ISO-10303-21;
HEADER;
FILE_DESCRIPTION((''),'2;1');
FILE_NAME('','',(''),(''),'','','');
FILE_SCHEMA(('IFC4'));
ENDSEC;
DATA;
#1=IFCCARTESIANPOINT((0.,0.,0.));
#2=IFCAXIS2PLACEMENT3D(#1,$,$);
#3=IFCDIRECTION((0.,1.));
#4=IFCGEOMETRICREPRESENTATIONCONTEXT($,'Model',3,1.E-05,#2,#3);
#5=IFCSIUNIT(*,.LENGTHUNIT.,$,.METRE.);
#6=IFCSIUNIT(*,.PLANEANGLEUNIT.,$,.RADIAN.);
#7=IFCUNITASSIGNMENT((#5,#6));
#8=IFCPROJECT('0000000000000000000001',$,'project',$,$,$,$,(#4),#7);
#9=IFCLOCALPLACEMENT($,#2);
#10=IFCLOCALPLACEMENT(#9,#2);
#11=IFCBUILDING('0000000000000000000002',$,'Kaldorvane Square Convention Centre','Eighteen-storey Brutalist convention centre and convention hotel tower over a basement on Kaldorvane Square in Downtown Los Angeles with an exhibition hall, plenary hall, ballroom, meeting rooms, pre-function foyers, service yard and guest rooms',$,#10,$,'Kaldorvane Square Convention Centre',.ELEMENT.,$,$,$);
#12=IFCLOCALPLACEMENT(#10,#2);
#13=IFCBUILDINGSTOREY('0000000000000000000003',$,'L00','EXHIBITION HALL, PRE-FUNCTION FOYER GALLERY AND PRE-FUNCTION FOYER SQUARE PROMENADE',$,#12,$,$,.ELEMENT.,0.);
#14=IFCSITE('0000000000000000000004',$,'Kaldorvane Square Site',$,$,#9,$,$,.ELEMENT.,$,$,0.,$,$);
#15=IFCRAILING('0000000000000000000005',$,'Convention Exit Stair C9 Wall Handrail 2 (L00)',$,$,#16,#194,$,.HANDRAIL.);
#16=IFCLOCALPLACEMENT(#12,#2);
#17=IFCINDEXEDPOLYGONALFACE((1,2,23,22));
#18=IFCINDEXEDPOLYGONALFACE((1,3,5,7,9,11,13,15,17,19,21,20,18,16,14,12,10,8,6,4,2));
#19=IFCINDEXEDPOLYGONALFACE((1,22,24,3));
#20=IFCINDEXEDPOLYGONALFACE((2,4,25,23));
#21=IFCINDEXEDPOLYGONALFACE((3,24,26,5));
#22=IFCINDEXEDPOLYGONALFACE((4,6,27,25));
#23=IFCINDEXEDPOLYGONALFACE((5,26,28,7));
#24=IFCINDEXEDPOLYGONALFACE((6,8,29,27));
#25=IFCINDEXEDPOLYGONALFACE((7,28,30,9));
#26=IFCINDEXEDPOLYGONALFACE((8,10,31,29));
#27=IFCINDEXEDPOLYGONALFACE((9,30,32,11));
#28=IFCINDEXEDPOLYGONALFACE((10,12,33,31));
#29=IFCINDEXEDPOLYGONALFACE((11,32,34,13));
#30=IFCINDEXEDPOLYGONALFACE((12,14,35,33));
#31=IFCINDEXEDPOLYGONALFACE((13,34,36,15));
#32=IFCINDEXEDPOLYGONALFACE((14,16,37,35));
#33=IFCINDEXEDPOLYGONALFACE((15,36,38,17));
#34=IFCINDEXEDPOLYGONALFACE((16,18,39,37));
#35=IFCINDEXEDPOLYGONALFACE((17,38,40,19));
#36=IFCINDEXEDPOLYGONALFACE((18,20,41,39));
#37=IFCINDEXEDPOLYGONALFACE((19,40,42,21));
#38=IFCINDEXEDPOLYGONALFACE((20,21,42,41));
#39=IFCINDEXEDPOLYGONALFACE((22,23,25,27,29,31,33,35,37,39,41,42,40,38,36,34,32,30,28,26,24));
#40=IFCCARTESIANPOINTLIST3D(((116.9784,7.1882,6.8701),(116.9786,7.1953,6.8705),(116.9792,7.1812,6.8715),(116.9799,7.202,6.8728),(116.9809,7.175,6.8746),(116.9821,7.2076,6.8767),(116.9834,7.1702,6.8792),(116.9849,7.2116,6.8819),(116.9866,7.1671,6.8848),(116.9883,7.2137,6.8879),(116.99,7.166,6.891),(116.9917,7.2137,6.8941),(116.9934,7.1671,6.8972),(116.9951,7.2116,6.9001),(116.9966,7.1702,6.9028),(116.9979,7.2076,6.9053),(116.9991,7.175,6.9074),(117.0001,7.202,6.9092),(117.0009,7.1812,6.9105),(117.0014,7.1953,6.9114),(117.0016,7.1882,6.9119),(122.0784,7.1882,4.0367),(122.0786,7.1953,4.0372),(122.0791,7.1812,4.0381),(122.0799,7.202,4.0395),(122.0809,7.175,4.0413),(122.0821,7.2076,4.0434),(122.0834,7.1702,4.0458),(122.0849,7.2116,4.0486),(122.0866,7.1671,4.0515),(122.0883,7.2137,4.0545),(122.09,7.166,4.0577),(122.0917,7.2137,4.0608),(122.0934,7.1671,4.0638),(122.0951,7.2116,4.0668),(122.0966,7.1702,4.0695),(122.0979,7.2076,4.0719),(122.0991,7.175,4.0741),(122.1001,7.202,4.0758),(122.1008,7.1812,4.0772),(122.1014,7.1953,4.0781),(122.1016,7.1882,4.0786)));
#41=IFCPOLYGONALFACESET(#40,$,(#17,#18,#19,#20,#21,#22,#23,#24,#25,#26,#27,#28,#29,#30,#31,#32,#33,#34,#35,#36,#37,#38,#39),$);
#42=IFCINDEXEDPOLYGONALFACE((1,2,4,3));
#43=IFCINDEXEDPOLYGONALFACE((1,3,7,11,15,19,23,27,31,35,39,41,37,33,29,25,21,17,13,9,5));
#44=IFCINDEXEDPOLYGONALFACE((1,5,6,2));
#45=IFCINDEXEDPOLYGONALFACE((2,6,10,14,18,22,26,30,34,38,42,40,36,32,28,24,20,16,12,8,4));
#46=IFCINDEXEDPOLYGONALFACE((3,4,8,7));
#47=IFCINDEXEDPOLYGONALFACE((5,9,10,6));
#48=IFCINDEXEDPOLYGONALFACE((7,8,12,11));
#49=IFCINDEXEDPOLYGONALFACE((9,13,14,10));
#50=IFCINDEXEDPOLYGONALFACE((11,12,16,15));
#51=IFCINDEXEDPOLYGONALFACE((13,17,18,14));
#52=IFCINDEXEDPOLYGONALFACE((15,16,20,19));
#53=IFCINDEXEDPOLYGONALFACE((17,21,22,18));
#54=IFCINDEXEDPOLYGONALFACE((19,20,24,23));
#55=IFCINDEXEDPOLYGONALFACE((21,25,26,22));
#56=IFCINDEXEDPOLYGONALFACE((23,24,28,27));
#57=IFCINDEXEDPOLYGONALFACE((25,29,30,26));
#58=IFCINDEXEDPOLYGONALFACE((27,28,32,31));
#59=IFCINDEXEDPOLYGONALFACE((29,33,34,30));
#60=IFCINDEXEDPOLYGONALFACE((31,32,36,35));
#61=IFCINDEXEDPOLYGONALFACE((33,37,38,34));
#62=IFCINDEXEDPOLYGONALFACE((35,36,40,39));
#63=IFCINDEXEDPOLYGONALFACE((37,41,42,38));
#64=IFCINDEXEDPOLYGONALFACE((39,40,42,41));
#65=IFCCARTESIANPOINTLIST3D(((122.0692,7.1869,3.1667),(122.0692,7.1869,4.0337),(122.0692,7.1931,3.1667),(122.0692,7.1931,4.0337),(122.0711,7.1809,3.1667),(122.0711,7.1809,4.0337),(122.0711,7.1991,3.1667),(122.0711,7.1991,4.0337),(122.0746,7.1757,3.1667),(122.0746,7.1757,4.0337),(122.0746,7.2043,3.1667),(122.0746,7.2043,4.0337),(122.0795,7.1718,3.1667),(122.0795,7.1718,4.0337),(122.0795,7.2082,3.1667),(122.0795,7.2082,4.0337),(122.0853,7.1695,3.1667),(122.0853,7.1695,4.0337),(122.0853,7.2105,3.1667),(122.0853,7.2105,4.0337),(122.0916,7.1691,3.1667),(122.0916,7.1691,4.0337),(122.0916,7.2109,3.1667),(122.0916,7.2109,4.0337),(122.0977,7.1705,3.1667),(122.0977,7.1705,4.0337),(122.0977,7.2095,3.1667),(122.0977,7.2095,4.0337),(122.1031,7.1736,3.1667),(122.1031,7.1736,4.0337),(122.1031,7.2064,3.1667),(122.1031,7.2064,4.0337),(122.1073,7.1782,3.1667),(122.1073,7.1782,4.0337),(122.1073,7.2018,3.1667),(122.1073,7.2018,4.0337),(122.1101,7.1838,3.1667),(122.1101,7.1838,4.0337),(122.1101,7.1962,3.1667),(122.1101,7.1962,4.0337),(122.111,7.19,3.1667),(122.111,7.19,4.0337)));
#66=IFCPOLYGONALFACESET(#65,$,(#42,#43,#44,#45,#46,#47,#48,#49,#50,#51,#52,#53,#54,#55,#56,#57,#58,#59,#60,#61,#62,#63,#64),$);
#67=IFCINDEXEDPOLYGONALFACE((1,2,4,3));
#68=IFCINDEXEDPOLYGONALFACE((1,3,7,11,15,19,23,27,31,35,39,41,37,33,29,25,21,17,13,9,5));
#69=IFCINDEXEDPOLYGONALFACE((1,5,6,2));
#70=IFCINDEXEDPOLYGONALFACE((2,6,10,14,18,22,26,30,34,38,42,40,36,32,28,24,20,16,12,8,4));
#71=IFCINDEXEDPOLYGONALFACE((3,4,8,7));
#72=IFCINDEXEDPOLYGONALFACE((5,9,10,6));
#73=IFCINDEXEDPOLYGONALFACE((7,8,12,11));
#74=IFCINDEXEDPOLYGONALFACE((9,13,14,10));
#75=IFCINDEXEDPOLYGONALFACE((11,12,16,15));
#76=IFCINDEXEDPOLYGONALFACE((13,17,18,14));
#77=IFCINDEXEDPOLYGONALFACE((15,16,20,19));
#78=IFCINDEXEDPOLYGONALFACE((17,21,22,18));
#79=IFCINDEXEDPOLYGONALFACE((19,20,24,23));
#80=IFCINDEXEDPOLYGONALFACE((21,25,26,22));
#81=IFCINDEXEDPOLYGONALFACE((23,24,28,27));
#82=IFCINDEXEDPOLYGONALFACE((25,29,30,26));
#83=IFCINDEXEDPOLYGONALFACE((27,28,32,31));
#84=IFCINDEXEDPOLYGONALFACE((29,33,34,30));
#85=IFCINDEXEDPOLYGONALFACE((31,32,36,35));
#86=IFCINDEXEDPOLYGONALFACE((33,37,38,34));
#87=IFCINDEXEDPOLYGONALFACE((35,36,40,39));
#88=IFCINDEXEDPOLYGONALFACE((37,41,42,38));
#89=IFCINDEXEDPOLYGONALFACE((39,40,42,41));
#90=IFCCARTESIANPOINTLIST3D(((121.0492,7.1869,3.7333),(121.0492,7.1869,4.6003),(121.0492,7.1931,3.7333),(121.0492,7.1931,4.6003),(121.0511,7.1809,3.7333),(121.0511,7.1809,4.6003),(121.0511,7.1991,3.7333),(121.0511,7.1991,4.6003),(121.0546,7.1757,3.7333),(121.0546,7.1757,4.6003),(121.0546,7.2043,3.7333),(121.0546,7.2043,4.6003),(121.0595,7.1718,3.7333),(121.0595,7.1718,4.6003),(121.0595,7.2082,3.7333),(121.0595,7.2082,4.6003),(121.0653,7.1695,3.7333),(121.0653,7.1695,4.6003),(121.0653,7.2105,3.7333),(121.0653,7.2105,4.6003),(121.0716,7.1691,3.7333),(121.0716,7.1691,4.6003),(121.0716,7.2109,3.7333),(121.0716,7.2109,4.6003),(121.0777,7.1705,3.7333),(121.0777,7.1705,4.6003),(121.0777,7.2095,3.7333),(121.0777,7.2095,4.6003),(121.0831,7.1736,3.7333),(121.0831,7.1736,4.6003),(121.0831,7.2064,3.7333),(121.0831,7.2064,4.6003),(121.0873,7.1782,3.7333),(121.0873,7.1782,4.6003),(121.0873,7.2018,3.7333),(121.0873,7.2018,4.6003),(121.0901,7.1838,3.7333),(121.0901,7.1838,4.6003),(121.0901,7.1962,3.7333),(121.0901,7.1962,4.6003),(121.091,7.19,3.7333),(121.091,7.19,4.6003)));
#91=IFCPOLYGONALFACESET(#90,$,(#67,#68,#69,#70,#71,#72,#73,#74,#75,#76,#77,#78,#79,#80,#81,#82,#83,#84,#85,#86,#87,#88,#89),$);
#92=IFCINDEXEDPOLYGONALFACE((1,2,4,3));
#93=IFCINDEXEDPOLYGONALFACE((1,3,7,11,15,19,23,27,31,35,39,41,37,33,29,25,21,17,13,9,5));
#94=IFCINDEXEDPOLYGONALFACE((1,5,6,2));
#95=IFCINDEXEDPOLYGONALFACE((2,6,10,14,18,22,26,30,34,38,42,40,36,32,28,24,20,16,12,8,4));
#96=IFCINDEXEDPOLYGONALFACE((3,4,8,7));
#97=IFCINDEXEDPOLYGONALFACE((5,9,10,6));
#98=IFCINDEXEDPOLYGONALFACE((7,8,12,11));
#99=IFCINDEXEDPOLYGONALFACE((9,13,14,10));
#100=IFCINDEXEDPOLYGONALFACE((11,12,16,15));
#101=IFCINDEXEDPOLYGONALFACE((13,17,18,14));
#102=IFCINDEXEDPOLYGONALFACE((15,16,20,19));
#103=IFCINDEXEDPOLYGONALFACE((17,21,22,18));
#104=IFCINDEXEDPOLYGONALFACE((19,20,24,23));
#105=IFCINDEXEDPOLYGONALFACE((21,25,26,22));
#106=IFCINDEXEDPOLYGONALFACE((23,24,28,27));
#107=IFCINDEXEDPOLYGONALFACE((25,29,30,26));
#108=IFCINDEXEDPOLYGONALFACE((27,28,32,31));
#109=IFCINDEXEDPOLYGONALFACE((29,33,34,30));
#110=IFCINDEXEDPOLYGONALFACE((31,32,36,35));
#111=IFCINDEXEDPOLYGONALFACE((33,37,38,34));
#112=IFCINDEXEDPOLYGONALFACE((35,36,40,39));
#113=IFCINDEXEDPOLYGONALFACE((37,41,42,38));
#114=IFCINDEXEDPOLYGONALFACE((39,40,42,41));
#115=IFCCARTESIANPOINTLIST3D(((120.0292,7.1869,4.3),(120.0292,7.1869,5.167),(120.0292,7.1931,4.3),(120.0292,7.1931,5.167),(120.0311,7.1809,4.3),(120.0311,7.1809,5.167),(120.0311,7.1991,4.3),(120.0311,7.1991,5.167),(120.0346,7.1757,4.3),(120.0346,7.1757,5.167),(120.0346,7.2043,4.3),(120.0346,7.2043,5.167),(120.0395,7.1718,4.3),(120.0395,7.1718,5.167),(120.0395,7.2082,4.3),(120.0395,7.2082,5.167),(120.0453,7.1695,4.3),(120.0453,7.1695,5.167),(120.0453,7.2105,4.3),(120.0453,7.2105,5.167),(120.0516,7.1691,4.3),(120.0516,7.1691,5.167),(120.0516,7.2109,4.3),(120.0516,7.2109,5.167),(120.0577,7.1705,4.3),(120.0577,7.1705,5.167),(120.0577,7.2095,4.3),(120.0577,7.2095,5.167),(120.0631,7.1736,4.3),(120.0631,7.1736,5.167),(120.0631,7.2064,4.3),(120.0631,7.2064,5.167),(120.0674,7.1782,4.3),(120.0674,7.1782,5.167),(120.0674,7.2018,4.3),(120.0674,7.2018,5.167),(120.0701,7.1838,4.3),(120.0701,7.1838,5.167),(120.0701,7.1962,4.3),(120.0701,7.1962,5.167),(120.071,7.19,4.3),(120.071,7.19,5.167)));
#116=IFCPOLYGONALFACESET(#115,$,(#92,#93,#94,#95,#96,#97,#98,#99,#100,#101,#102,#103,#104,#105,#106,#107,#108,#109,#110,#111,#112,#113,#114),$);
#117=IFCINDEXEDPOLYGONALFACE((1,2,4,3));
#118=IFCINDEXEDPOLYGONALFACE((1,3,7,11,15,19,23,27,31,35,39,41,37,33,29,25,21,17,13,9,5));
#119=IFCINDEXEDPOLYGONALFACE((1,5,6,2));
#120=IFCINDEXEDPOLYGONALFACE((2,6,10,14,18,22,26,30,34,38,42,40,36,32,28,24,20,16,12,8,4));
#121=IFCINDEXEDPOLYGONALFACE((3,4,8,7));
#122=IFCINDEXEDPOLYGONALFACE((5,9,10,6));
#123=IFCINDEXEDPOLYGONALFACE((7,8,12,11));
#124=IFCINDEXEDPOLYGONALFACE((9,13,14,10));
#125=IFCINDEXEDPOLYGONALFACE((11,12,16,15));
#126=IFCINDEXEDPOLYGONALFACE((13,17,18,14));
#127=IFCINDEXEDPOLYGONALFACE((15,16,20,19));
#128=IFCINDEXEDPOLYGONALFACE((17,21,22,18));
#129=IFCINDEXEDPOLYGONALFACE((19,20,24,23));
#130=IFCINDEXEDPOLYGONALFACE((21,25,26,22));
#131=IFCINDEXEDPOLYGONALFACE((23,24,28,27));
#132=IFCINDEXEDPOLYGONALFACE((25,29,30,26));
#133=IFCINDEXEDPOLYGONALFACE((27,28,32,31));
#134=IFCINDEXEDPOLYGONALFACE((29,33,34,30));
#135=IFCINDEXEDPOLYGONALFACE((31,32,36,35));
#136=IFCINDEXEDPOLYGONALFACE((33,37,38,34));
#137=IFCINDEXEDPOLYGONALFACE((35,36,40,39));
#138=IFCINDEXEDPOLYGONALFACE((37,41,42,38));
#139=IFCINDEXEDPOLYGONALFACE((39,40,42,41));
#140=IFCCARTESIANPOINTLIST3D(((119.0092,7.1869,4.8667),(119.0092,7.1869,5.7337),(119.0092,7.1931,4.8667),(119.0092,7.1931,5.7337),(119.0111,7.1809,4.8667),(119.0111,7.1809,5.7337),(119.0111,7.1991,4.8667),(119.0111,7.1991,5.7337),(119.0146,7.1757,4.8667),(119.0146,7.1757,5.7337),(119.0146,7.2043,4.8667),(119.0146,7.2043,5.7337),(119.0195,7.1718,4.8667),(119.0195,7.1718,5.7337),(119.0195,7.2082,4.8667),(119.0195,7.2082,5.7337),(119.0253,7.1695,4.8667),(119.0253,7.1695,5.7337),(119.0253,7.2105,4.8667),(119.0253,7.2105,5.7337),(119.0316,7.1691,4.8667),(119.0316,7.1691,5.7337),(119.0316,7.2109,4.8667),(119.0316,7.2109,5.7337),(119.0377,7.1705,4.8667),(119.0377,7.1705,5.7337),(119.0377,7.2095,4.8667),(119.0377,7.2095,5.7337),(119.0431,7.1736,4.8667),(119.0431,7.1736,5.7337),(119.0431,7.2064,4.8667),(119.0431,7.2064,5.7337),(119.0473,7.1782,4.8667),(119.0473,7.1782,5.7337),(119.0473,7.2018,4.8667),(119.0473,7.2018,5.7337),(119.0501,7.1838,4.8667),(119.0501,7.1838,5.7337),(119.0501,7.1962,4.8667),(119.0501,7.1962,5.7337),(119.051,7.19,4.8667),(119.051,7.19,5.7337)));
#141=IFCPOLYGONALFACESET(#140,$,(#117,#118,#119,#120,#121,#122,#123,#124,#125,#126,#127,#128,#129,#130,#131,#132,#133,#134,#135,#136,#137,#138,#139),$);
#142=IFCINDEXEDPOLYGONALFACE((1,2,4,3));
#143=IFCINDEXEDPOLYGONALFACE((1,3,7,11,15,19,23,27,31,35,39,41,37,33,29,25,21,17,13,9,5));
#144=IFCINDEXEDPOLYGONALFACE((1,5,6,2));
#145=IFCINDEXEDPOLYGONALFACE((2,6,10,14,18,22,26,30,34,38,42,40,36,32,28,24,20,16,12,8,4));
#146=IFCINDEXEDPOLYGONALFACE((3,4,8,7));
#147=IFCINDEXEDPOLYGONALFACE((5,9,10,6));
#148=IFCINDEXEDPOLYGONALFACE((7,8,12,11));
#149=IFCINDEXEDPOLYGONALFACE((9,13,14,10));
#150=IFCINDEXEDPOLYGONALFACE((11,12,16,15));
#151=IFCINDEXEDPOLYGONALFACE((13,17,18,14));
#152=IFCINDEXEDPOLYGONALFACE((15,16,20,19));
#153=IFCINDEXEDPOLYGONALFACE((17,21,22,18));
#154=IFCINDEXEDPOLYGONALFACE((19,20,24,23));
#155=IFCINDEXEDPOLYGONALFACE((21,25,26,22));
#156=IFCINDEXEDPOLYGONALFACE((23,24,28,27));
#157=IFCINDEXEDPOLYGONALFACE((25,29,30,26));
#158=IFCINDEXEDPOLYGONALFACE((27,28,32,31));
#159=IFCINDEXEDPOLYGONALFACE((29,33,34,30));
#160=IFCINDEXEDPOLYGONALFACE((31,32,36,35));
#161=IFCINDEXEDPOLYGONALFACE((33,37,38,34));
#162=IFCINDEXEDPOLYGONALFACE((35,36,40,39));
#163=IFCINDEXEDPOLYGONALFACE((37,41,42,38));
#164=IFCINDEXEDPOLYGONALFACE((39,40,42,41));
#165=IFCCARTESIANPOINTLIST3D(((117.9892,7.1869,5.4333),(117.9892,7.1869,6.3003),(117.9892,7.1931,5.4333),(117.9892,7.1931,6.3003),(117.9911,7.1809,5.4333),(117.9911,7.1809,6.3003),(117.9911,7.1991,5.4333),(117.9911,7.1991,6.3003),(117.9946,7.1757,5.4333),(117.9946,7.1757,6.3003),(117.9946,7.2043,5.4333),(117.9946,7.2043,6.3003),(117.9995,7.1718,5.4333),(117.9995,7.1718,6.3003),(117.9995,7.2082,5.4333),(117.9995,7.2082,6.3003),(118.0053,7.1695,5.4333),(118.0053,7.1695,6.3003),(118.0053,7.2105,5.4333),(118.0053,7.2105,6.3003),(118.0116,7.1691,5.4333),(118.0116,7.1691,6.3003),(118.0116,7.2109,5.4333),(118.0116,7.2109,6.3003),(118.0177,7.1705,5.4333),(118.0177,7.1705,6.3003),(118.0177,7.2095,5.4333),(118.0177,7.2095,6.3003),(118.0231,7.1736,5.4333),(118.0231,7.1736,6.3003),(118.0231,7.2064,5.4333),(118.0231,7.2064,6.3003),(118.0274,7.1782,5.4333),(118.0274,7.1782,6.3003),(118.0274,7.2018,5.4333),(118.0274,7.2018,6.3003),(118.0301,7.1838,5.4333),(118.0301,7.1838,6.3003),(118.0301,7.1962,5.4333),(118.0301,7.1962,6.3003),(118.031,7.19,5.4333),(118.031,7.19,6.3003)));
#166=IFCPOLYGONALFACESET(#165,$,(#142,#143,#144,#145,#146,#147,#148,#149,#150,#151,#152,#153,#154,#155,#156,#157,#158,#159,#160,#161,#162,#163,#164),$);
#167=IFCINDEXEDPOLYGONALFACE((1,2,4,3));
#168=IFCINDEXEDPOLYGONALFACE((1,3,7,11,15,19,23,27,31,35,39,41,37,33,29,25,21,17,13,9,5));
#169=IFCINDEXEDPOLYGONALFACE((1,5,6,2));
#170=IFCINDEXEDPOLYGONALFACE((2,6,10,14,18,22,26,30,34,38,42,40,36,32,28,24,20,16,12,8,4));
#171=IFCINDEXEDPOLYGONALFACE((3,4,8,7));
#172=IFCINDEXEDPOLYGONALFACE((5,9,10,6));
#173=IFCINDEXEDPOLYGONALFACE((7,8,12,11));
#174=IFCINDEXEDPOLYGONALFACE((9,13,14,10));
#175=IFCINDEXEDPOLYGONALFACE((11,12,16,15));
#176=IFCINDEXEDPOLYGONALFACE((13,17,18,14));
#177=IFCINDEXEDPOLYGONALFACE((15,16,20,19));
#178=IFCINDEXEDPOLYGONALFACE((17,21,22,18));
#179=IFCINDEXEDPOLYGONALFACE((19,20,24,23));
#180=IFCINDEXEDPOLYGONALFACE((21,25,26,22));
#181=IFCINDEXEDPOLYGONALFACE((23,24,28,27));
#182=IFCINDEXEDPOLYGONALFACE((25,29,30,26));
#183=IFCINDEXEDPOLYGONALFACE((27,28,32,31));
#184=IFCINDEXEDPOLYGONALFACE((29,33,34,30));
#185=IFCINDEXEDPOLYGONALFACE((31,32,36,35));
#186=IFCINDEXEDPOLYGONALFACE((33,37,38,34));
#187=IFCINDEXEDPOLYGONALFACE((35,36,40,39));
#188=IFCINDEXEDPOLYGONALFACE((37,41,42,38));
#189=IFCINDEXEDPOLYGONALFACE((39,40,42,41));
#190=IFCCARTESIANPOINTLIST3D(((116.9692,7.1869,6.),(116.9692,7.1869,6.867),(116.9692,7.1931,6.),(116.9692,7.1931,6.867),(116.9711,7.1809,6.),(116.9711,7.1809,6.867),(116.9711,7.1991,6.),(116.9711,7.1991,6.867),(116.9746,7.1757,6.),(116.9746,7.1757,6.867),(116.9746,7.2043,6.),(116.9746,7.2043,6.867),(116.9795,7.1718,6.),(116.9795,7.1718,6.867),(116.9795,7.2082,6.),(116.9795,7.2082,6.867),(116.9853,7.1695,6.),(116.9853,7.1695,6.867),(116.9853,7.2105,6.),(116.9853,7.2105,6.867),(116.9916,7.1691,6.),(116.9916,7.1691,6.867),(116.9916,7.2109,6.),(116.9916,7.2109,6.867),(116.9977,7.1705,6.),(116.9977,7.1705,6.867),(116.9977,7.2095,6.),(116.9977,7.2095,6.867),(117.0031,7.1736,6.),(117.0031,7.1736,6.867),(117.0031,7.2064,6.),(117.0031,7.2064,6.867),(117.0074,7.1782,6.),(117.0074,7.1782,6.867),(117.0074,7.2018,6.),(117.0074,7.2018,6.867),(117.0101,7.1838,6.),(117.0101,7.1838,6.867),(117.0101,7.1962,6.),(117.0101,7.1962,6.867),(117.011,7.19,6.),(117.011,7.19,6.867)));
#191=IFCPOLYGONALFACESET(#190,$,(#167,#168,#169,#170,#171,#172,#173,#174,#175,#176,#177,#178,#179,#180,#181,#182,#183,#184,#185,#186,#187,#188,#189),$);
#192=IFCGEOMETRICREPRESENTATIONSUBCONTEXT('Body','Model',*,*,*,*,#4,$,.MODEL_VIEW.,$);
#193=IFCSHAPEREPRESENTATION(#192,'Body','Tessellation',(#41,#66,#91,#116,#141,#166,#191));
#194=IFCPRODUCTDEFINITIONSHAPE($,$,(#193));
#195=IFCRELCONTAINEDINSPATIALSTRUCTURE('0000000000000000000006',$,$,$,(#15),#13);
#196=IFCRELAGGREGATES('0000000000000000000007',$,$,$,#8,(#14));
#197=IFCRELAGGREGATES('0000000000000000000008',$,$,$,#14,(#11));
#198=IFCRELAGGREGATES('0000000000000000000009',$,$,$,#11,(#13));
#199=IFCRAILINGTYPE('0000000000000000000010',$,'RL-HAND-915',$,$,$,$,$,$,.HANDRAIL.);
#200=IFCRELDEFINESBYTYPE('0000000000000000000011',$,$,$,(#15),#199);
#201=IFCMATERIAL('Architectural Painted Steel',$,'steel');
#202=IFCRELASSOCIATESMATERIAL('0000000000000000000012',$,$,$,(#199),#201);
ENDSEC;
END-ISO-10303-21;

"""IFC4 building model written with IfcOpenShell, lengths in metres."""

from ifc_helpers import new_model, si_unit, direction, frame, origin, origin_2d, place, context, subcontext, project, spatial, circle, extrude, material, type_object, element, save


model = new_model("IFC4")

# Units and contexts
model_context = context("Model", 3, precision=1e-05, world=origin(), true_north=direction((0.0, 1.0)))
body_context = subcontext(model_context, "Body", "Model", "MODEL_VIEW")
ifc_project = project(units=[si_unit("LENGTHUNIT", "METRE"), si_unit("PLANEANGLEUNIT", "RADIAN")], contexts=[model_context])

# Site, building, storey
site_placement = place(None, origin())
site = spatial("IfcSite", under=ifc_project, at=site_placement, Name="Kaldorvane Square Site", CompositionType="ELEMENT", RefElevation=0.0)
building_placement = place(site_placement, origin())
building = spatial("IfcBuilding", under=site, at=building_placement, Name="Kaldorvane Square Convention Centre", Description="Eighteen-storey Brutalist convention centre and convention hotel tower over a basement on Kaldorvane Square in Downtown Los Angeles with an exhibition hall, plenary hall, ballroom, meeting rooms, pre-function foyers, service yard and guest rooms", LongName="Kaldorvane Square Convention Centre", CompositionType="ELEMENT")
storey_placement = place(building_placement, origin())
storey = spatial("IfcBuildingStorey", under=building, at=storey_placement, Name="L00", Description="EXHIBITION HALL, PRE-FUNCTION FOYER GALLERY AND PRE-FUNCTION FOYER SQUARE PROMENADE", CompositionType="ELEMENT", Elevation=0.0)

# Railing
ifc_material_1 = material(Name="Architectural Painted Steel", Category="steel")
railing_type_1 = type_object("IfcRailingType", Name="RL-HAND-915", PredefinedType="HANDRAIL", material=ifc_material_1)
railing_1_placement = place(storey_placement, frame((122.09, 7.19, 3.1667)))
element("IfcRailing", 1, at=railing_1_placement, inside=storey, type_object=railing_type_1, Name="Convention Exit Stair C9 Wall Handrail 2 (L00)", PredefinedType="HANDRAIL", context=body_context, shape_type="SweptSolid", body=[
    extrude(circle(Radius=0.024, at=origin_2d()), frame((0.0, 0.0, 0.891), z_axis=(-0.874157, 0.0, 0.485643), x_axis=(0.0, -1.0, 0.0)), (0.0, 0.0, 1.0), 5.8342),
    extrude(circle(Radius=0.021, at=origin_2d()), origin(), (0.0, 0.0, 1.0), 0.867),
    extrude(circle(Radius=0.021, at=origin_2d()), frame((-1.02, 0.0, 0.5667)), (0.0, 0.0, 1.0), 0.867),
    extrude(circle(Radius=0.021, at=origin_2d()), frame((-2.04, 0.0, 1.1333)), (0.0, 0.0, 1.0), 0.867),
    extrude(circle(Radius=0.021, at=origin_2d()), frame((-3.06, 0.0, 1.7)), (0.0, 0.0, 1.0), 0.867),
    extrude(circle(Radius=0.021, at=origin_2d()), frame((-4.08, 0.0, 2.2667)), (0.0, 0.0, 1.0), 0.867),
    extrude(circle(Radius=0.021, at=origin_2d()), frame((-5.1, 0.0, 2.8333)), (0.0, 0.0, 1.0), 0.867),
])

save(model, "model.ifc")
